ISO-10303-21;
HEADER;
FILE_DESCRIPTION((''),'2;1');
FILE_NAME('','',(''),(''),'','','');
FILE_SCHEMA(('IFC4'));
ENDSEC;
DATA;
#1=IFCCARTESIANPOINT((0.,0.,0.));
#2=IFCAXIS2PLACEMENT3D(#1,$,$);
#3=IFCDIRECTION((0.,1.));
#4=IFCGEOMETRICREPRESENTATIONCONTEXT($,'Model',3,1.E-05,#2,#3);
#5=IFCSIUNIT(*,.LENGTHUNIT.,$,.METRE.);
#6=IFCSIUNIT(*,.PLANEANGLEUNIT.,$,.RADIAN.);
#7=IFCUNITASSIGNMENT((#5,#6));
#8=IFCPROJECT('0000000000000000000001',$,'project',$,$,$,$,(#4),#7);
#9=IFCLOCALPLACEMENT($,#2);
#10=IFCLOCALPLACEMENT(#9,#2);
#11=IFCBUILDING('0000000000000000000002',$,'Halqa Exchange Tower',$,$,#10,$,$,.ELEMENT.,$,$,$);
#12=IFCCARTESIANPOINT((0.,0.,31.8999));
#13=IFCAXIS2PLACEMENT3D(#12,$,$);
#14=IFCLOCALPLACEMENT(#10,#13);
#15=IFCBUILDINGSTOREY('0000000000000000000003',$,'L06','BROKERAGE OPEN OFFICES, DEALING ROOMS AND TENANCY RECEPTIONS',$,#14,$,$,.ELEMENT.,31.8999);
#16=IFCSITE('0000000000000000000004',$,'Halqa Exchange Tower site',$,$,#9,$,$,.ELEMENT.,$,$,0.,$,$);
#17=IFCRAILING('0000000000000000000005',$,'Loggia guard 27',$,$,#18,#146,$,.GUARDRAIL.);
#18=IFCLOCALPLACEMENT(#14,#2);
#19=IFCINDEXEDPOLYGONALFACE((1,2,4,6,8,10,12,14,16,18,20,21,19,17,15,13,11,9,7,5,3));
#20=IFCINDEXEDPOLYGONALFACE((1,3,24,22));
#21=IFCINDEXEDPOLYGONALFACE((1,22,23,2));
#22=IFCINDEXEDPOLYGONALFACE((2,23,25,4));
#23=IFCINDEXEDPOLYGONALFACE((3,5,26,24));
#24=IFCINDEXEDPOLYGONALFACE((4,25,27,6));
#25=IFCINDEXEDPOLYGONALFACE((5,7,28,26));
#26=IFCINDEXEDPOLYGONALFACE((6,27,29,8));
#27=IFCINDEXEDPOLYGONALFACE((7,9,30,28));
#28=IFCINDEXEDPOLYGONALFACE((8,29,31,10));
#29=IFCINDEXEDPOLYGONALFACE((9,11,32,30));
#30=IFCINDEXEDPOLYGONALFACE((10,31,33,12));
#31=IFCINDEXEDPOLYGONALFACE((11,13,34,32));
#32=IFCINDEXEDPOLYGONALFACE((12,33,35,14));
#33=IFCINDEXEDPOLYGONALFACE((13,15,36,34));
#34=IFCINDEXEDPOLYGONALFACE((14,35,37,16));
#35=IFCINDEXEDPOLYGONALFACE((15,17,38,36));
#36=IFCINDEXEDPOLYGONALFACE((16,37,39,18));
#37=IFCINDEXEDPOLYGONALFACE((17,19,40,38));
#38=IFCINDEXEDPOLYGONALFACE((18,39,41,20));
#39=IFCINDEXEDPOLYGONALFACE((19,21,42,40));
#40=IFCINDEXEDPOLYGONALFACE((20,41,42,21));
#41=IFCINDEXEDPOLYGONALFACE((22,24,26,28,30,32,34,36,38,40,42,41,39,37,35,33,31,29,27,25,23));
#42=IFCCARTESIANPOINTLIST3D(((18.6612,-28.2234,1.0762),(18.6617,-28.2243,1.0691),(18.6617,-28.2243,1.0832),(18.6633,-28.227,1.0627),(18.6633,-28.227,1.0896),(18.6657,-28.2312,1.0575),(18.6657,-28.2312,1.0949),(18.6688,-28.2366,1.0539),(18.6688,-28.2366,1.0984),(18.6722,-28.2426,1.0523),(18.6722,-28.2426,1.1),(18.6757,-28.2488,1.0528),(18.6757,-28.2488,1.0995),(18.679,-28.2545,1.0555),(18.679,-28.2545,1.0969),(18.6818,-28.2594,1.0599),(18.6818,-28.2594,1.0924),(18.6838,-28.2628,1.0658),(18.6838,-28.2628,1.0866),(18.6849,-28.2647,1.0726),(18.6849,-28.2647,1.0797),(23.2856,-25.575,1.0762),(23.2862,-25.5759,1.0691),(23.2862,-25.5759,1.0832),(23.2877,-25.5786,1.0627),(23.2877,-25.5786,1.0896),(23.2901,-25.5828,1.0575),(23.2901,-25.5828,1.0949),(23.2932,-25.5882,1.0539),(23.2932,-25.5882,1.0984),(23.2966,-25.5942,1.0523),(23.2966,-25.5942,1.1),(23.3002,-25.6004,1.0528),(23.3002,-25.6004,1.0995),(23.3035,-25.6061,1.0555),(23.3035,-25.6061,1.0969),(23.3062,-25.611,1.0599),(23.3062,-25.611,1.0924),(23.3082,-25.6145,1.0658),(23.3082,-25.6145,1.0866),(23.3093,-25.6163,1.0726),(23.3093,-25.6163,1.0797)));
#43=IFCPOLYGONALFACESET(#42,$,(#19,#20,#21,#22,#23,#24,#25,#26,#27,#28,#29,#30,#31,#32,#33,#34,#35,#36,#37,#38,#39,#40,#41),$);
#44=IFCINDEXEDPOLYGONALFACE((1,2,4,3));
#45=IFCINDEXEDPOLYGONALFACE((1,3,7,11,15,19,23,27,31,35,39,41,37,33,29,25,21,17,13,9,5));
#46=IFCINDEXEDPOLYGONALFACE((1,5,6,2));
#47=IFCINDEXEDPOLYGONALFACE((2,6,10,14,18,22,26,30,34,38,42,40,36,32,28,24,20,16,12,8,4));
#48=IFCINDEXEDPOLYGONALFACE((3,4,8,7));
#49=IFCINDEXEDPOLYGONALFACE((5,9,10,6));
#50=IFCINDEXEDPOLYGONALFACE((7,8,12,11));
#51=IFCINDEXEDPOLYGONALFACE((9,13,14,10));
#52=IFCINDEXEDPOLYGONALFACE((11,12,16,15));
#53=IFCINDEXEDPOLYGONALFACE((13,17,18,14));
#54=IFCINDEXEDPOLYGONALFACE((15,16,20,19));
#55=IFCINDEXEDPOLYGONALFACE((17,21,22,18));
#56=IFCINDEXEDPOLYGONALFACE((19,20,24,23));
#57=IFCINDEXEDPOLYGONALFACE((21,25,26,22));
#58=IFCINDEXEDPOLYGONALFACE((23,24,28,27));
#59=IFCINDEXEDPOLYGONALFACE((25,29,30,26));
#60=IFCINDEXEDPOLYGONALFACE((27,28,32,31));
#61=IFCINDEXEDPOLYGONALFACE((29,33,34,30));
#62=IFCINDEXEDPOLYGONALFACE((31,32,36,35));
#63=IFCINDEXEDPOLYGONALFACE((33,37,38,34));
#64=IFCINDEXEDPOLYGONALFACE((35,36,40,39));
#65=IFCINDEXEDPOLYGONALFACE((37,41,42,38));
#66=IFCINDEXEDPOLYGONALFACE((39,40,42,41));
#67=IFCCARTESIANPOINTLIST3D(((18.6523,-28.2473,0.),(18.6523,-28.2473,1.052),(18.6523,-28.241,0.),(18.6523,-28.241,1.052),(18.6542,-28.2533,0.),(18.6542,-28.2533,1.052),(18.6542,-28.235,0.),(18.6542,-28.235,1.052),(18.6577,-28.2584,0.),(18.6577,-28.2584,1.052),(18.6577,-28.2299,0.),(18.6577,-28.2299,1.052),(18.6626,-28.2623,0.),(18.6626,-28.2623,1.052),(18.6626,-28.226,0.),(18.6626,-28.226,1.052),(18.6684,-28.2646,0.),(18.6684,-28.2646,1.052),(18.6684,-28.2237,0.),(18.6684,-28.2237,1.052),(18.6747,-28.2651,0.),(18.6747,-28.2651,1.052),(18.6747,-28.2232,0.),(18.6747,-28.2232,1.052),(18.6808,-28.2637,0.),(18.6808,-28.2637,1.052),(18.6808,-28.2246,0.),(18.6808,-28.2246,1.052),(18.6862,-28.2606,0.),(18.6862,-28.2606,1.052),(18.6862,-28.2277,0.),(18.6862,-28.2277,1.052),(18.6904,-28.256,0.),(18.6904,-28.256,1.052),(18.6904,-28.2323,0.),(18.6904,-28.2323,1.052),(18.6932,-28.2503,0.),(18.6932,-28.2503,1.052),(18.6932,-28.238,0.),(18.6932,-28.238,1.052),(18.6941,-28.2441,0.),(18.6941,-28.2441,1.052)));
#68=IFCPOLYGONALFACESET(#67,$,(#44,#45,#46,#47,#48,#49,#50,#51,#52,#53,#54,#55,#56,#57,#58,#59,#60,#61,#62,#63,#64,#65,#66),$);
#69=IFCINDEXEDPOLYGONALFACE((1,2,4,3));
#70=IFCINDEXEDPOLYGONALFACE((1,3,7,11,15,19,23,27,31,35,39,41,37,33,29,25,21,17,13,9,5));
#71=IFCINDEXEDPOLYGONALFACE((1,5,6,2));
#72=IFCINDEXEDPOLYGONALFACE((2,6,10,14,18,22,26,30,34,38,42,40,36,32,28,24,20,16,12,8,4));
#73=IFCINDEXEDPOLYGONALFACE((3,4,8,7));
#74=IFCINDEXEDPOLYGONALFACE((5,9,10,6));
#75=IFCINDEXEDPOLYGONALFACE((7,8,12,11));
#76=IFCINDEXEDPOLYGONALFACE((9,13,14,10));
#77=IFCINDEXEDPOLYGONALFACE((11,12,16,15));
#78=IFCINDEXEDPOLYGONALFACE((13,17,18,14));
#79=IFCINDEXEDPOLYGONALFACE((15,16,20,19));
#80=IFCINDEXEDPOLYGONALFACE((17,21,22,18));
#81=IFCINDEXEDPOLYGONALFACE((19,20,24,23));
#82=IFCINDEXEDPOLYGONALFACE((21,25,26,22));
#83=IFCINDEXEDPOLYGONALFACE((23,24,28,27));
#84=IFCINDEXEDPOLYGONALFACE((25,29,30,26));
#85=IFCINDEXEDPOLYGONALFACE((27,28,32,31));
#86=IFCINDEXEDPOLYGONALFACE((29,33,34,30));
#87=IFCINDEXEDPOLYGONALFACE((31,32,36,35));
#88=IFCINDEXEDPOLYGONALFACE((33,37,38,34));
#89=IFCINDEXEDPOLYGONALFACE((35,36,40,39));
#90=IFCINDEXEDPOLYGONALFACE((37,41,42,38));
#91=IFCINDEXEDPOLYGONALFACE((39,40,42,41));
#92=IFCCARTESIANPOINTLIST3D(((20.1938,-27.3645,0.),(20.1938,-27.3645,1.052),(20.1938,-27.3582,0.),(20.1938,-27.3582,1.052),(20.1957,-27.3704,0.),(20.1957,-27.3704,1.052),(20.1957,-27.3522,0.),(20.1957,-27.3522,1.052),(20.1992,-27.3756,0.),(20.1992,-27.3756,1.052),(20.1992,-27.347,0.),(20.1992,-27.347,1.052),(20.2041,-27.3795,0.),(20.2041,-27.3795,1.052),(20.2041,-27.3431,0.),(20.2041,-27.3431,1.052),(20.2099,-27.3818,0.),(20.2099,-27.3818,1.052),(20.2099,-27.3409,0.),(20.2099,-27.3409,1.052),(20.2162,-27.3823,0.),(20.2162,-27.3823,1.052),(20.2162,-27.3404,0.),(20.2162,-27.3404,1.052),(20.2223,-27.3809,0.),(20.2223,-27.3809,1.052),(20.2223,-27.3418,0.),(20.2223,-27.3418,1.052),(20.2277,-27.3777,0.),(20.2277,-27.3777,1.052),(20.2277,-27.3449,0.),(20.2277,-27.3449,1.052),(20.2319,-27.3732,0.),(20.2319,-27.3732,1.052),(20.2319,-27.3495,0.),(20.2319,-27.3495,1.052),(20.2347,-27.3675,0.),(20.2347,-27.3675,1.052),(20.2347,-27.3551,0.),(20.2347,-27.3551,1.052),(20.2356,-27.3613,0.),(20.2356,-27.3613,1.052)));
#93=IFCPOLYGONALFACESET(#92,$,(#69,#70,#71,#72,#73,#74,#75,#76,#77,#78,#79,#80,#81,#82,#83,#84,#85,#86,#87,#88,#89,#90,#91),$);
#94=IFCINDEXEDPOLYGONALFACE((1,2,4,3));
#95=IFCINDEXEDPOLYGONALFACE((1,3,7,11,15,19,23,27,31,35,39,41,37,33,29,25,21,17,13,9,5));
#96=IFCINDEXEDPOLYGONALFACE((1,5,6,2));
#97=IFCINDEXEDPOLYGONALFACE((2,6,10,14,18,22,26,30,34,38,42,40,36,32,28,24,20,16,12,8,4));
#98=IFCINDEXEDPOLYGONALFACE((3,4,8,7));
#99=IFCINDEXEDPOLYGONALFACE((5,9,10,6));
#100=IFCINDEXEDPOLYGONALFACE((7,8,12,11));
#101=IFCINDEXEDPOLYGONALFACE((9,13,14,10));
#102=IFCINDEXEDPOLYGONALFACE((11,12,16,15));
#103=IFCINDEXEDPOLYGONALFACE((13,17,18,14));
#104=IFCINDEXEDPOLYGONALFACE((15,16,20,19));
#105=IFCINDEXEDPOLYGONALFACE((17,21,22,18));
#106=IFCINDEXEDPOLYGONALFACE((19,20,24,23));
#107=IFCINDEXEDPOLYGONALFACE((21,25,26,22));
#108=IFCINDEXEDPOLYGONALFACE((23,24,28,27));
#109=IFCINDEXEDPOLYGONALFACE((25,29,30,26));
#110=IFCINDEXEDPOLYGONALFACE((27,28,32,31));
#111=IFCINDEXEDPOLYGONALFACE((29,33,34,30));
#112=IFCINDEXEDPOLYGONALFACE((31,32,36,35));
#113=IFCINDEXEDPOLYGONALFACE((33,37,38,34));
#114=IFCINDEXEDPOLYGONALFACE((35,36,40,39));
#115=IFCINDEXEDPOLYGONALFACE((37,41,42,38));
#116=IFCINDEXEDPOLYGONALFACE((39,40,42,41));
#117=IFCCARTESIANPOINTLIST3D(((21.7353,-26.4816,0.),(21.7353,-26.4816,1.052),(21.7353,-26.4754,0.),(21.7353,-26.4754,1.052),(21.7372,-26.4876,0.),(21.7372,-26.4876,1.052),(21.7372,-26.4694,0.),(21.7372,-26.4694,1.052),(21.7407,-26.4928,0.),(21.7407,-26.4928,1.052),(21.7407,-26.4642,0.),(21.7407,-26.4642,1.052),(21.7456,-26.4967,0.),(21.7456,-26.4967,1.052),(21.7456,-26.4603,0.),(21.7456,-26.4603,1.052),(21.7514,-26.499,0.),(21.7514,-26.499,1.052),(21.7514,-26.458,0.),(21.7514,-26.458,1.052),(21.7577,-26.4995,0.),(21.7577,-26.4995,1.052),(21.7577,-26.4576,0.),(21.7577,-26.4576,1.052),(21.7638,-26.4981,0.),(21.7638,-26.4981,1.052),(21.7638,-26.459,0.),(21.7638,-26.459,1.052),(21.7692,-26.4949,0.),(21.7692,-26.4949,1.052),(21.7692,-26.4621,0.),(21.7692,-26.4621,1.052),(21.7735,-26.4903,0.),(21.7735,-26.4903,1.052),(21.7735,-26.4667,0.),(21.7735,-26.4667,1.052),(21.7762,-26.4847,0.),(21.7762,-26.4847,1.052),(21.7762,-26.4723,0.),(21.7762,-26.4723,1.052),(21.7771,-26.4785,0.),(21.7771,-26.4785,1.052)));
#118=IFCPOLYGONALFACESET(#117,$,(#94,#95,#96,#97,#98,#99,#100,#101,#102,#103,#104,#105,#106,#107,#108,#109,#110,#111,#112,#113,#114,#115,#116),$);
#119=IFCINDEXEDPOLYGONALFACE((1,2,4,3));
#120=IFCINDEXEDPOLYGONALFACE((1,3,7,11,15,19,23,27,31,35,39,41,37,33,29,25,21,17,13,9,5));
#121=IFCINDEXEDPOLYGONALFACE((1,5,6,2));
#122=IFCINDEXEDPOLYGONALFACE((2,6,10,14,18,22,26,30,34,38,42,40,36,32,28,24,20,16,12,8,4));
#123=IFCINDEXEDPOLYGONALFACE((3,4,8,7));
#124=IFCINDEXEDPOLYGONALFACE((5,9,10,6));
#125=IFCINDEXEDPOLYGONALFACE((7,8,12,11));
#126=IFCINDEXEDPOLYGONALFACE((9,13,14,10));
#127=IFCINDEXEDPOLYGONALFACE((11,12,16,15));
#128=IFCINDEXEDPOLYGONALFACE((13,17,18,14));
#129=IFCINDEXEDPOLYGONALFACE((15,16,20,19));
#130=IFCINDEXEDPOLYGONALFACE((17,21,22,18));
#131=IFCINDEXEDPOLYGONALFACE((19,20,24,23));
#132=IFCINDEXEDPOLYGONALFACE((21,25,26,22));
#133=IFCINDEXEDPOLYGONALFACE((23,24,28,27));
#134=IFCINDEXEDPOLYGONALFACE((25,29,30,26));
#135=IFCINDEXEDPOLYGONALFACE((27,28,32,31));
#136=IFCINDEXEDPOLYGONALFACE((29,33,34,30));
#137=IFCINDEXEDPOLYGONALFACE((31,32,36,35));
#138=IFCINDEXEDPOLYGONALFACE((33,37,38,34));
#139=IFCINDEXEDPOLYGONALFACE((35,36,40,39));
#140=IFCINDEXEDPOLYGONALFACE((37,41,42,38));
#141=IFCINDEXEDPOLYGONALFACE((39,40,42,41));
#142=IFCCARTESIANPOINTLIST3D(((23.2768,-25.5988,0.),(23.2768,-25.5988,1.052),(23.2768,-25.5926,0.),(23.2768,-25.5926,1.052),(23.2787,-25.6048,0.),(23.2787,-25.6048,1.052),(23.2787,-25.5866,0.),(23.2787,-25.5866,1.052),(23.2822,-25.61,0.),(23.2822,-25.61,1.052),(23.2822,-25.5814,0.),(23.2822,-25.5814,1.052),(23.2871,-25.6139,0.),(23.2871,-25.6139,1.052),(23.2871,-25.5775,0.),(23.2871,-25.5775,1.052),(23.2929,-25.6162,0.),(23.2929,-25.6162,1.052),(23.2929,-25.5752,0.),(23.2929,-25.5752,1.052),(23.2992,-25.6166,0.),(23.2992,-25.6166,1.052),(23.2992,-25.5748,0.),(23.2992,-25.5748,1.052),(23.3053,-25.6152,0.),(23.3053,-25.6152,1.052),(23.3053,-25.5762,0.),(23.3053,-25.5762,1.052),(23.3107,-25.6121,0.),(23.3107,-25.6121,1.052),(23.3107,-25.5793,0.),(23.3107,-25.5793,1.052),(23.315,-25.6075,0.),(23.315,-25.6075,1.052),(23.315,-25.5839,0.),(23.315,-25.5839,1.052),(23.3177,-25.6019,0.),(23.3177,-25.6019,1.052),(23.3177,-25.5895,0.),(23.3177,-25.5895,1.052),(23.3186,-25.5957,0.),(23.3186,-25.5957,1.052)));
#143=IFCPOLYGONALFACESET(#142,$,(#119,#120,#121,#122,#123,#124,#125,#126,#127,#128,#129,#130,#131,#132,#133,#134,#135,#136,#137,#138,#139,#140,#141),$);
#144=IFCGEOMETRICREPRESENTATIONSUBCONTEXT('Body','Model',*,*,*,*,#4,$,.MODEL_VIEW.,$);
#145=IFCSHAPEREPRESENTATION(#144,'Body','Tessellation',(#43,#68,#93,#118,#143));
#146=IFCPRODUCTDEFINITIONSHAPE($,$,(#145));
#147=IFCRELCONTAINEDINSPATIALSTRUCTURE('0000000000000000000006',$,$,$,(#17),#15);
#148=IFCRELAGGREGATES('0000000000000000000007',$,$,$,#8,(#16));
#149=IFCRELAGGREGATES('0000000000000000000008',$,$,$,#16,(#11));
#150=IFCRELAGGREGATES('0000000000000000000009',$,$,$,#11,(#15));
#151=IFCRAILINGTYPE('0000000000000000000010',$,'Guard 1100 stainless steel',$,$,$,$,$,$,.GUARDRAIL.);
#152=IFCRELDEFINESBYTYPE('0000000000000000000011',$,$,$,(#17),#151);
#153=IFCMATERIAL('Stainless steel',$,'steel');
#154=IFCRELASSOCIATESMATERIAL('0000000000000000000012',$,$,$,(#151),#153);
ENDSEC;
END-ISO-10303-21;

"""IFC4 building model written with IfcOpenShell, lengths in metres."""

from ifc_helpers import new_model, si_unit, direction, frame, origin, origin_2d, place, context, subcontext, project, spatial, circle, extrude, material, type_object, element, save


model = new_model("IFC4")

# Units and contexts
model_context = context("Model", 3, precision=1e-05, world=origin(), true_north=direction((0.0, 1.0)))
body_context = subcontext(model_context, "Body", "Model", "MODEL_VIEW")
ifc_project = project(units=[si_unit("LENGTHUNIT", "METRE"), si_unit("PLANEANGLEUNIT", "RADIAN")], contexts=[model_context])

# Site, building, storey
site_placement = place(None, origin())
site = spatial("IfcSite", under=ifc_project, at=site_placement, Name="Halqa Exchange Tower site", CompositionType="ELEMENT", RefElevation=0.0)
building_placement = place(site_placement, origin())
building = spatial("IfcBuilding", under=site, at=building_placement, Name="Halqa Exchange Tower", CompositionType="ELEMENT")
storey_placement = place(building_placement, frame((0.0, 0.0, 31.8999)))
storey = spatial("IfcBuildingStorey", under=building, at=storey_placement, Name="L06", Description="BROKERAGE OPEN OFFICES, DEALING ROOMS AND TENANCY RECEPTIONS", CompositionType="ELEMENT", Elevation=31.8999)

# Railing
ifc_material_1 = material(Name="Stainless steel", Category="steel")
railing_type = type_object("IfcRailingType", Name="Guard 1100 stainless steel", PredefinedType="GUARDRAIL", material=ifc_material_1)
railing_1_placement = place(storey_placement, frame((18.6731, -28.2441, 0.0)))
element("IfcRailing", 1, at=railing_1_placement, inside=storey, type_object=railing_type, Name="Loggia guard 27", PredefinedType="GUARDRAIL", context=body_context, shape_type="SweptSolid", body=[
    extrude(circle(Radius=0.0239, at=origin_2d()), frame((0.0, 0.0, 1.0762), z_axis=(0.867769, 0.496968, 0.0), x_axis=(-0.496968, 0.867769, 0.0)), (0.0, 0.0, 1.0), 5.3291),
    extrude(circle(Radius=0.021, at=origin_2d()), origin(), (0.0, 0.0, 1.0), 1.052),
    extrude(circle(Radius=0.021, at=origin_2d()), frame((1.5415, 0.8828, 0.0)), (0.0, 0.0, 1.0), 1.052),
    extrude(circle(Radius=0.021, at=origin_2d()), frame((3.083, 1.7656, 0.0)), (0.0, 0.0, 1.0), 1.052),
    extrude(circle(Radius=0.021, at=origin_2d()), frame((4.6245, 2.6484, 0.0)), (0.0, 0.0, 1.0), 1.052),
])

save(model, "model.ifc")
